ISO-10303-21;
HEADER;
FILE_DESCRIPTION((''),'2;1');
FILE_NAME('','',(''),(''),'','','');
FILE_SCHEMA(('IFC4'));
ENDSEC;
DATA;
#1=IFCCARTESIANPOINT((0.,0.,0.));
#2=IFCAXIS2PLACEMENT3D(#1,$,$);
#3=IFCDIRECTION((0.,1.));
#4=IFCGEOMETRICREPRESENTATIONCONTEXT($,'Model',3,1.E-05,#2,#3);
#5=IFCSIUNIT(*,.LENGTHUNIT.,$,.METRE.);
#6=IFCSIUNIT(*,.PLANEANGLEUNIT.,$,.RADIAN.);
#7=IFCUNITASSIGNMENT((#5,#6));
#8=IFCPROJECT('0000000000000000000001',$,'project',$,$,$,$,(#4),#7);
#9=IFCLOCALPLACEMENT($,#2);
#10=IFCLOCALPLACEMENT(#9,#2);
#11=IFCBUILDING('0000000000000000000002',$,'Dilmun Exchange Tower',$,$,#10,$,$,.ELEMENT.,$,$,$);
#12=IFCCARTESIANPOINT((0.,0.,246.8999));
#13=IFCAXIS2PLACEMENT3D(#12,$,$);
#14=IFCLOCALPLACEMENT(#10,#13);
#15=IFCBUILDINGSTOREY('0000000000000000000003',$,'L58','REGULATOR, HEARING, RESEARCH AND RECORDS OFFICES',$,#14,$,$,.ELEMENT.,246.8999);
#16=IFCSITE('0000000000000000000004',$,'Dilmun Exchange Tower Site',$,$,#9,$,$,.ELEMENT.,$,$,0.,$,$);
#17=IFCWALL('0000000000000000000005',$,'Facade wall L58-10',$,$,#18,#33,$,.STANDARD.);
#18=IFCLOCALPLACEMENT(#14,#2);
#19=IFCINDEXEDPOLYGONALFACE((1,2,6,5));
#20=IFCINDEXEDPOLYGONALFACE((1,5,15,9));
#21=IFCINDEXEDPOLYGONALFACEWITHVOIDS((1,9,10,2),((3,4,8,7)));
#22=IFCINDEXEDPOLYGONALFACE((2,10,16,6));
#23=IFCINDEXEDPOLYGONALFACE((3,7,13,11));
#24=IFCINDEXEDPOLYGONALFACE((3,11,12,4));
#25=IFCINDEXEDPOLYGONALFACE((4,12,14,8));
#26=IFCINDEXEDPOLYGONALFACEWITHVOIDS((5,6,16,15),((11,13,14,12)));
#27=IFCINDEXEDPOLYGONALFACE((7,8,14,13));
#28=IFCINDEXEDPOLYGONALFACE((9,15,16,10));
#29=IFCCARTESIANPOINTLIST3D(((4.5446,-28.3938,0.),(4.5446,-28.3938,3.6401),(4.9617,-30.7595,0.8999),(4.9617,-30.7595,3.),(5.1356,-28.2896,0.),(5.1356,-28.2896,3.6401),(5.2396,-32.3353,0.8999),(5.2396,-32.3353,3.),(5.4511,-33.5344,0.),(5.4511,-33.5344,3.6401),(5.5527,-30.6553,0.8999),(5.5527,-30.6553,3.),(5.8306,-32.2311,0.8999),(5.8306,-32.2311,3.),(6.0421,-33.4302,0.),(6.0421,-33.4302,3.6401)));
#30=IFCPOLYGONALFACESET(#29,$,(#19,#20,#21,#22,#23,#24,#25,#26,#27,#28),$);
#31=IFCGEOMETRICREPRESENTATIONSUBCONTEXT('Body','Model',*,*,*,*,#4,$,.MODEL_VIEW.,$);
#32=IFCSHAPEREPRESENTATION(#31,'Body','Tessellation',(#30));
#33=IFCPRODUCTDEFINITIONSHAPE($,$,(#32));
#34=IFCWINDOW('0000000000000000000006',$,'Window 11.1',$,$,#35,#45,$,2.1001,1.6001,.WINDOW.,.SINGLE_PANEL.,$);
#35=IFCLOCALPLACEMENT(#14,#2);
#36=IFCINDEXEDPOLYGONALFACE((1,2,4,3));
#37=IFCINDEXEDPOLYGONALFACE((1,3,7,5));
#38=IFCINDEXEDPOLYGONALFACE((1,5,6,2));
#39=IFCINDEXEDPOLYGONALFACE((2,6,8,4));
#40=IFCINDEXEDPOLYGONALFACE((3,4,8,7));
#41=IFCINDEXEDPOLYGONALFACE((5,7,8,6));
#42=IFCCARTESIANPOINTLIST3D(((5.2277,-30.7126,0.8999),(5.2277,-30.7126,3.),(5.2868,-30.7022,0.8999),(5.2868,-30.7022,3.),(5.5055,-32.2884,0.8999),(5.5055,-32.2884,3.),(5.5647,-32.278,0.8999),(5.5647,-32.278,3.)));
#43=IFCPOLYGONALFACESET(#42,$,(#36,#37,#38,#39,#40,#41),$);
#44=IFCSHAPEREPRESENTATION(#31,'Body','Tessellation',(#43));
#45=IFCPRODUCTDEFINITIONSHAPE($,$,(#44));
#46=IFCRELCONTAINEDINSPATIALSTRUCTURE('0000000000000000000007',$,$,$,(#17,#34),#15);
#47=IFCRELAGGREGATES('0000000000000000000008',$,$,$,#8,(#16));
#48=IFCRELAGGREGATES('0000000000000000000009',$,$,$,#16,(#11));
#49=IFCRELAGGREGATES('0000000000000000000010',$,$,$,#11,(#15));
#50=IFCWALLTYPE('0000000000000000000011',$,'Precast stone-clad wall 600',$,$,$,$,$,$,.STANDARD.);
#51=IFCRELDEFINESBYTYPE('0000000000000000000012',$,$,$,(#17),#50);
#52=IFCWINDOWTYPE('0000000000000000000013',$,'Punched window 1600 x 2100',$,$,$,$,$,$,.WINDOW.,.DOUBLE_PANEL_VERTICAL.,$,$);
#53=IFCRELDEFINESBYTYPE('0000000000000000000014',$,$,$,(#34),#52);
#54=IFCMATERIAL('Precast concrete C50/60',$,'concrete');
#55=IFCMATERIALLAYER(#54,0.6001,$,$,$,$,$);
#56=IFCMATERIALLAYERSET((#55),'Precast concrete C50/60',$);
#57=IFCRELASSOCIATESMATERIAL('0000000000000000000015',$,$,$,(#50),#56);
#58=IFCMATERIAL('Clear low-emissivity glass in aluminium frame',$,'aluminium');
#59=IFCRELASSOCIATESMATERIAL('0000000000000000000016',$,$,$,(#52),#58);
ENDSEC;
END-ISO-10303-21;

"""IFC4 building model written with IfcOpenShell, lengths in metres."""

from ifc_helpers import new_model, si_unit, direction, frame, frame_2d, origin, place, context, subcontext, project, spatial, rectangle, extrude, material, layer, layer_set, type_object, element, fill, save


model = new_model("IFC4")

# Units and contexts
model_context = context("Model", 3, precision=1e-05, world=origin(), true_north=direction((0.0, 1.0)))
body_context = subcontext(model_context, "Body", "Model", "MODEL_VIEW")
ifc_project = project(units=[si_unit("LENGTHUNIT", "METRE"), si_unit("PLANEANGLEUNIT", "RADIAN")], contexts=[model_context])

# Site, building, storey
site_placement = place(None, origin())
site = spatial("IfcSite", under=ifc_project, at=site_placement, Name="Dilmun Exchange Tower Site", CompositionType="ELEMENT", RefElevation=0.0)
building_placement = place(site_placement, origin())
building = spatial("IfcBuilding", under=site, at=building_placement, Name="Dilmun Exchange Tower", CompositionType="ELEMENT")
storey_placement = place(building_placement, frame((0.0, 0.0, 246.8999)))
storey = spatial("IfcBuildingStorey", under=building, at=storey_placement, Name="L58", Description="REGULATOR, HEARING, RESEARCH AND RECORDS OFFICES", CompositionType="ELEMENT", Elevation=246.8999)

# Wall, opening, window
ifc_material_1 = material(Name="Precast concrete C50/60", Category="concrete")
ifc_layer_1 = layer(ifc_material_1, 0.6001)
ifc_layer_set_1 = layer_set([ifc_layer_1], Name="Precast concrete C50/60")
wall_type_1 = type_object("IfcWallType", Name="Precast stone-clad wall 600", PredefinedType="STANDARD", material=ifc_layer_set_1)
ifc_material_2 = material(Name="Clear low-emissivity glass in aluminium frame", Category="aluminium")
window_type_1 = type_object("IfcWindowType", Name="Punched window 1600 x 2100", PartitioningType="DOUBLE_PANEL_VERTICAL", PredefinedType="WINDOW", material=ifc_material_2)
wall_1_placement = place(storey_placement, frame((4.8401, -28.3418, 0.0), z_axis=(0.0, 0.0, 1.0), x_axis=(0.17366, -0.984806, 0.0)))
wall_1 = element("IfcWall", 1, at=wall_1_placement, inside=storey, type_object=wall_type_1, Name="Facade wall L58-10", PredefinedType="STANDARD", context=body_context, shape_type="SweptSolid", body=[
    extrude(rectangle(XDim=5.22, YDim=0.6001, at=frame_2d((2.6099, 0.0))), origin(), (0.0, 0.0, 1.0), 3.6401),
])
opening_1_placement = place(wall_1_placement, frame((2.4021, 0.0, 0.8999)))
opening_1 = element("IfcOpeningElement", 2, at=opening_1_placement, cuts=wall_1, PredefinedType="OPENING", context=body_context, shape_type="SweptSolid", body=[
    extrude(rectangle(XDim=1.6001, YDim=2.1001, at=frame_2d((0.8, 1.05))), frame((0.0, 0.3101, 0.0), z_axis=(0.0, -1.0, 0.0), x_axis=(1.0, 0.0, 0.0)), (0.0, 0.0, 1.0), 0.6201),
])
window_1_placement = place(opening_1_placement, origin())
window_1 = element("IfcWindow", 3, at=window_1_placement, inside=storey, type_object=window_type_1, Name="Window 11.1", OverallHeight=2.1001, OverallWidth=1.6001, PartitioningType="SINGLE_PANEL", PredefinedType="WINDOW", context=body_context, shape_type="SweptSolid", body=[
    extrude(rectangle(XDim=1.6001, YDim=2.1001, at=frame_2d((0.8, 1.05))), frame((0.0, 0.03, 0.0), z_axis=(0.0, -1.0, 0.0), x_axis=(1.0, 0.0, 0.0)), (0.0, 0.0, 1.0), 0.0601),
])
fill(opening_1, window_1)

save(model, "model.ifc")
